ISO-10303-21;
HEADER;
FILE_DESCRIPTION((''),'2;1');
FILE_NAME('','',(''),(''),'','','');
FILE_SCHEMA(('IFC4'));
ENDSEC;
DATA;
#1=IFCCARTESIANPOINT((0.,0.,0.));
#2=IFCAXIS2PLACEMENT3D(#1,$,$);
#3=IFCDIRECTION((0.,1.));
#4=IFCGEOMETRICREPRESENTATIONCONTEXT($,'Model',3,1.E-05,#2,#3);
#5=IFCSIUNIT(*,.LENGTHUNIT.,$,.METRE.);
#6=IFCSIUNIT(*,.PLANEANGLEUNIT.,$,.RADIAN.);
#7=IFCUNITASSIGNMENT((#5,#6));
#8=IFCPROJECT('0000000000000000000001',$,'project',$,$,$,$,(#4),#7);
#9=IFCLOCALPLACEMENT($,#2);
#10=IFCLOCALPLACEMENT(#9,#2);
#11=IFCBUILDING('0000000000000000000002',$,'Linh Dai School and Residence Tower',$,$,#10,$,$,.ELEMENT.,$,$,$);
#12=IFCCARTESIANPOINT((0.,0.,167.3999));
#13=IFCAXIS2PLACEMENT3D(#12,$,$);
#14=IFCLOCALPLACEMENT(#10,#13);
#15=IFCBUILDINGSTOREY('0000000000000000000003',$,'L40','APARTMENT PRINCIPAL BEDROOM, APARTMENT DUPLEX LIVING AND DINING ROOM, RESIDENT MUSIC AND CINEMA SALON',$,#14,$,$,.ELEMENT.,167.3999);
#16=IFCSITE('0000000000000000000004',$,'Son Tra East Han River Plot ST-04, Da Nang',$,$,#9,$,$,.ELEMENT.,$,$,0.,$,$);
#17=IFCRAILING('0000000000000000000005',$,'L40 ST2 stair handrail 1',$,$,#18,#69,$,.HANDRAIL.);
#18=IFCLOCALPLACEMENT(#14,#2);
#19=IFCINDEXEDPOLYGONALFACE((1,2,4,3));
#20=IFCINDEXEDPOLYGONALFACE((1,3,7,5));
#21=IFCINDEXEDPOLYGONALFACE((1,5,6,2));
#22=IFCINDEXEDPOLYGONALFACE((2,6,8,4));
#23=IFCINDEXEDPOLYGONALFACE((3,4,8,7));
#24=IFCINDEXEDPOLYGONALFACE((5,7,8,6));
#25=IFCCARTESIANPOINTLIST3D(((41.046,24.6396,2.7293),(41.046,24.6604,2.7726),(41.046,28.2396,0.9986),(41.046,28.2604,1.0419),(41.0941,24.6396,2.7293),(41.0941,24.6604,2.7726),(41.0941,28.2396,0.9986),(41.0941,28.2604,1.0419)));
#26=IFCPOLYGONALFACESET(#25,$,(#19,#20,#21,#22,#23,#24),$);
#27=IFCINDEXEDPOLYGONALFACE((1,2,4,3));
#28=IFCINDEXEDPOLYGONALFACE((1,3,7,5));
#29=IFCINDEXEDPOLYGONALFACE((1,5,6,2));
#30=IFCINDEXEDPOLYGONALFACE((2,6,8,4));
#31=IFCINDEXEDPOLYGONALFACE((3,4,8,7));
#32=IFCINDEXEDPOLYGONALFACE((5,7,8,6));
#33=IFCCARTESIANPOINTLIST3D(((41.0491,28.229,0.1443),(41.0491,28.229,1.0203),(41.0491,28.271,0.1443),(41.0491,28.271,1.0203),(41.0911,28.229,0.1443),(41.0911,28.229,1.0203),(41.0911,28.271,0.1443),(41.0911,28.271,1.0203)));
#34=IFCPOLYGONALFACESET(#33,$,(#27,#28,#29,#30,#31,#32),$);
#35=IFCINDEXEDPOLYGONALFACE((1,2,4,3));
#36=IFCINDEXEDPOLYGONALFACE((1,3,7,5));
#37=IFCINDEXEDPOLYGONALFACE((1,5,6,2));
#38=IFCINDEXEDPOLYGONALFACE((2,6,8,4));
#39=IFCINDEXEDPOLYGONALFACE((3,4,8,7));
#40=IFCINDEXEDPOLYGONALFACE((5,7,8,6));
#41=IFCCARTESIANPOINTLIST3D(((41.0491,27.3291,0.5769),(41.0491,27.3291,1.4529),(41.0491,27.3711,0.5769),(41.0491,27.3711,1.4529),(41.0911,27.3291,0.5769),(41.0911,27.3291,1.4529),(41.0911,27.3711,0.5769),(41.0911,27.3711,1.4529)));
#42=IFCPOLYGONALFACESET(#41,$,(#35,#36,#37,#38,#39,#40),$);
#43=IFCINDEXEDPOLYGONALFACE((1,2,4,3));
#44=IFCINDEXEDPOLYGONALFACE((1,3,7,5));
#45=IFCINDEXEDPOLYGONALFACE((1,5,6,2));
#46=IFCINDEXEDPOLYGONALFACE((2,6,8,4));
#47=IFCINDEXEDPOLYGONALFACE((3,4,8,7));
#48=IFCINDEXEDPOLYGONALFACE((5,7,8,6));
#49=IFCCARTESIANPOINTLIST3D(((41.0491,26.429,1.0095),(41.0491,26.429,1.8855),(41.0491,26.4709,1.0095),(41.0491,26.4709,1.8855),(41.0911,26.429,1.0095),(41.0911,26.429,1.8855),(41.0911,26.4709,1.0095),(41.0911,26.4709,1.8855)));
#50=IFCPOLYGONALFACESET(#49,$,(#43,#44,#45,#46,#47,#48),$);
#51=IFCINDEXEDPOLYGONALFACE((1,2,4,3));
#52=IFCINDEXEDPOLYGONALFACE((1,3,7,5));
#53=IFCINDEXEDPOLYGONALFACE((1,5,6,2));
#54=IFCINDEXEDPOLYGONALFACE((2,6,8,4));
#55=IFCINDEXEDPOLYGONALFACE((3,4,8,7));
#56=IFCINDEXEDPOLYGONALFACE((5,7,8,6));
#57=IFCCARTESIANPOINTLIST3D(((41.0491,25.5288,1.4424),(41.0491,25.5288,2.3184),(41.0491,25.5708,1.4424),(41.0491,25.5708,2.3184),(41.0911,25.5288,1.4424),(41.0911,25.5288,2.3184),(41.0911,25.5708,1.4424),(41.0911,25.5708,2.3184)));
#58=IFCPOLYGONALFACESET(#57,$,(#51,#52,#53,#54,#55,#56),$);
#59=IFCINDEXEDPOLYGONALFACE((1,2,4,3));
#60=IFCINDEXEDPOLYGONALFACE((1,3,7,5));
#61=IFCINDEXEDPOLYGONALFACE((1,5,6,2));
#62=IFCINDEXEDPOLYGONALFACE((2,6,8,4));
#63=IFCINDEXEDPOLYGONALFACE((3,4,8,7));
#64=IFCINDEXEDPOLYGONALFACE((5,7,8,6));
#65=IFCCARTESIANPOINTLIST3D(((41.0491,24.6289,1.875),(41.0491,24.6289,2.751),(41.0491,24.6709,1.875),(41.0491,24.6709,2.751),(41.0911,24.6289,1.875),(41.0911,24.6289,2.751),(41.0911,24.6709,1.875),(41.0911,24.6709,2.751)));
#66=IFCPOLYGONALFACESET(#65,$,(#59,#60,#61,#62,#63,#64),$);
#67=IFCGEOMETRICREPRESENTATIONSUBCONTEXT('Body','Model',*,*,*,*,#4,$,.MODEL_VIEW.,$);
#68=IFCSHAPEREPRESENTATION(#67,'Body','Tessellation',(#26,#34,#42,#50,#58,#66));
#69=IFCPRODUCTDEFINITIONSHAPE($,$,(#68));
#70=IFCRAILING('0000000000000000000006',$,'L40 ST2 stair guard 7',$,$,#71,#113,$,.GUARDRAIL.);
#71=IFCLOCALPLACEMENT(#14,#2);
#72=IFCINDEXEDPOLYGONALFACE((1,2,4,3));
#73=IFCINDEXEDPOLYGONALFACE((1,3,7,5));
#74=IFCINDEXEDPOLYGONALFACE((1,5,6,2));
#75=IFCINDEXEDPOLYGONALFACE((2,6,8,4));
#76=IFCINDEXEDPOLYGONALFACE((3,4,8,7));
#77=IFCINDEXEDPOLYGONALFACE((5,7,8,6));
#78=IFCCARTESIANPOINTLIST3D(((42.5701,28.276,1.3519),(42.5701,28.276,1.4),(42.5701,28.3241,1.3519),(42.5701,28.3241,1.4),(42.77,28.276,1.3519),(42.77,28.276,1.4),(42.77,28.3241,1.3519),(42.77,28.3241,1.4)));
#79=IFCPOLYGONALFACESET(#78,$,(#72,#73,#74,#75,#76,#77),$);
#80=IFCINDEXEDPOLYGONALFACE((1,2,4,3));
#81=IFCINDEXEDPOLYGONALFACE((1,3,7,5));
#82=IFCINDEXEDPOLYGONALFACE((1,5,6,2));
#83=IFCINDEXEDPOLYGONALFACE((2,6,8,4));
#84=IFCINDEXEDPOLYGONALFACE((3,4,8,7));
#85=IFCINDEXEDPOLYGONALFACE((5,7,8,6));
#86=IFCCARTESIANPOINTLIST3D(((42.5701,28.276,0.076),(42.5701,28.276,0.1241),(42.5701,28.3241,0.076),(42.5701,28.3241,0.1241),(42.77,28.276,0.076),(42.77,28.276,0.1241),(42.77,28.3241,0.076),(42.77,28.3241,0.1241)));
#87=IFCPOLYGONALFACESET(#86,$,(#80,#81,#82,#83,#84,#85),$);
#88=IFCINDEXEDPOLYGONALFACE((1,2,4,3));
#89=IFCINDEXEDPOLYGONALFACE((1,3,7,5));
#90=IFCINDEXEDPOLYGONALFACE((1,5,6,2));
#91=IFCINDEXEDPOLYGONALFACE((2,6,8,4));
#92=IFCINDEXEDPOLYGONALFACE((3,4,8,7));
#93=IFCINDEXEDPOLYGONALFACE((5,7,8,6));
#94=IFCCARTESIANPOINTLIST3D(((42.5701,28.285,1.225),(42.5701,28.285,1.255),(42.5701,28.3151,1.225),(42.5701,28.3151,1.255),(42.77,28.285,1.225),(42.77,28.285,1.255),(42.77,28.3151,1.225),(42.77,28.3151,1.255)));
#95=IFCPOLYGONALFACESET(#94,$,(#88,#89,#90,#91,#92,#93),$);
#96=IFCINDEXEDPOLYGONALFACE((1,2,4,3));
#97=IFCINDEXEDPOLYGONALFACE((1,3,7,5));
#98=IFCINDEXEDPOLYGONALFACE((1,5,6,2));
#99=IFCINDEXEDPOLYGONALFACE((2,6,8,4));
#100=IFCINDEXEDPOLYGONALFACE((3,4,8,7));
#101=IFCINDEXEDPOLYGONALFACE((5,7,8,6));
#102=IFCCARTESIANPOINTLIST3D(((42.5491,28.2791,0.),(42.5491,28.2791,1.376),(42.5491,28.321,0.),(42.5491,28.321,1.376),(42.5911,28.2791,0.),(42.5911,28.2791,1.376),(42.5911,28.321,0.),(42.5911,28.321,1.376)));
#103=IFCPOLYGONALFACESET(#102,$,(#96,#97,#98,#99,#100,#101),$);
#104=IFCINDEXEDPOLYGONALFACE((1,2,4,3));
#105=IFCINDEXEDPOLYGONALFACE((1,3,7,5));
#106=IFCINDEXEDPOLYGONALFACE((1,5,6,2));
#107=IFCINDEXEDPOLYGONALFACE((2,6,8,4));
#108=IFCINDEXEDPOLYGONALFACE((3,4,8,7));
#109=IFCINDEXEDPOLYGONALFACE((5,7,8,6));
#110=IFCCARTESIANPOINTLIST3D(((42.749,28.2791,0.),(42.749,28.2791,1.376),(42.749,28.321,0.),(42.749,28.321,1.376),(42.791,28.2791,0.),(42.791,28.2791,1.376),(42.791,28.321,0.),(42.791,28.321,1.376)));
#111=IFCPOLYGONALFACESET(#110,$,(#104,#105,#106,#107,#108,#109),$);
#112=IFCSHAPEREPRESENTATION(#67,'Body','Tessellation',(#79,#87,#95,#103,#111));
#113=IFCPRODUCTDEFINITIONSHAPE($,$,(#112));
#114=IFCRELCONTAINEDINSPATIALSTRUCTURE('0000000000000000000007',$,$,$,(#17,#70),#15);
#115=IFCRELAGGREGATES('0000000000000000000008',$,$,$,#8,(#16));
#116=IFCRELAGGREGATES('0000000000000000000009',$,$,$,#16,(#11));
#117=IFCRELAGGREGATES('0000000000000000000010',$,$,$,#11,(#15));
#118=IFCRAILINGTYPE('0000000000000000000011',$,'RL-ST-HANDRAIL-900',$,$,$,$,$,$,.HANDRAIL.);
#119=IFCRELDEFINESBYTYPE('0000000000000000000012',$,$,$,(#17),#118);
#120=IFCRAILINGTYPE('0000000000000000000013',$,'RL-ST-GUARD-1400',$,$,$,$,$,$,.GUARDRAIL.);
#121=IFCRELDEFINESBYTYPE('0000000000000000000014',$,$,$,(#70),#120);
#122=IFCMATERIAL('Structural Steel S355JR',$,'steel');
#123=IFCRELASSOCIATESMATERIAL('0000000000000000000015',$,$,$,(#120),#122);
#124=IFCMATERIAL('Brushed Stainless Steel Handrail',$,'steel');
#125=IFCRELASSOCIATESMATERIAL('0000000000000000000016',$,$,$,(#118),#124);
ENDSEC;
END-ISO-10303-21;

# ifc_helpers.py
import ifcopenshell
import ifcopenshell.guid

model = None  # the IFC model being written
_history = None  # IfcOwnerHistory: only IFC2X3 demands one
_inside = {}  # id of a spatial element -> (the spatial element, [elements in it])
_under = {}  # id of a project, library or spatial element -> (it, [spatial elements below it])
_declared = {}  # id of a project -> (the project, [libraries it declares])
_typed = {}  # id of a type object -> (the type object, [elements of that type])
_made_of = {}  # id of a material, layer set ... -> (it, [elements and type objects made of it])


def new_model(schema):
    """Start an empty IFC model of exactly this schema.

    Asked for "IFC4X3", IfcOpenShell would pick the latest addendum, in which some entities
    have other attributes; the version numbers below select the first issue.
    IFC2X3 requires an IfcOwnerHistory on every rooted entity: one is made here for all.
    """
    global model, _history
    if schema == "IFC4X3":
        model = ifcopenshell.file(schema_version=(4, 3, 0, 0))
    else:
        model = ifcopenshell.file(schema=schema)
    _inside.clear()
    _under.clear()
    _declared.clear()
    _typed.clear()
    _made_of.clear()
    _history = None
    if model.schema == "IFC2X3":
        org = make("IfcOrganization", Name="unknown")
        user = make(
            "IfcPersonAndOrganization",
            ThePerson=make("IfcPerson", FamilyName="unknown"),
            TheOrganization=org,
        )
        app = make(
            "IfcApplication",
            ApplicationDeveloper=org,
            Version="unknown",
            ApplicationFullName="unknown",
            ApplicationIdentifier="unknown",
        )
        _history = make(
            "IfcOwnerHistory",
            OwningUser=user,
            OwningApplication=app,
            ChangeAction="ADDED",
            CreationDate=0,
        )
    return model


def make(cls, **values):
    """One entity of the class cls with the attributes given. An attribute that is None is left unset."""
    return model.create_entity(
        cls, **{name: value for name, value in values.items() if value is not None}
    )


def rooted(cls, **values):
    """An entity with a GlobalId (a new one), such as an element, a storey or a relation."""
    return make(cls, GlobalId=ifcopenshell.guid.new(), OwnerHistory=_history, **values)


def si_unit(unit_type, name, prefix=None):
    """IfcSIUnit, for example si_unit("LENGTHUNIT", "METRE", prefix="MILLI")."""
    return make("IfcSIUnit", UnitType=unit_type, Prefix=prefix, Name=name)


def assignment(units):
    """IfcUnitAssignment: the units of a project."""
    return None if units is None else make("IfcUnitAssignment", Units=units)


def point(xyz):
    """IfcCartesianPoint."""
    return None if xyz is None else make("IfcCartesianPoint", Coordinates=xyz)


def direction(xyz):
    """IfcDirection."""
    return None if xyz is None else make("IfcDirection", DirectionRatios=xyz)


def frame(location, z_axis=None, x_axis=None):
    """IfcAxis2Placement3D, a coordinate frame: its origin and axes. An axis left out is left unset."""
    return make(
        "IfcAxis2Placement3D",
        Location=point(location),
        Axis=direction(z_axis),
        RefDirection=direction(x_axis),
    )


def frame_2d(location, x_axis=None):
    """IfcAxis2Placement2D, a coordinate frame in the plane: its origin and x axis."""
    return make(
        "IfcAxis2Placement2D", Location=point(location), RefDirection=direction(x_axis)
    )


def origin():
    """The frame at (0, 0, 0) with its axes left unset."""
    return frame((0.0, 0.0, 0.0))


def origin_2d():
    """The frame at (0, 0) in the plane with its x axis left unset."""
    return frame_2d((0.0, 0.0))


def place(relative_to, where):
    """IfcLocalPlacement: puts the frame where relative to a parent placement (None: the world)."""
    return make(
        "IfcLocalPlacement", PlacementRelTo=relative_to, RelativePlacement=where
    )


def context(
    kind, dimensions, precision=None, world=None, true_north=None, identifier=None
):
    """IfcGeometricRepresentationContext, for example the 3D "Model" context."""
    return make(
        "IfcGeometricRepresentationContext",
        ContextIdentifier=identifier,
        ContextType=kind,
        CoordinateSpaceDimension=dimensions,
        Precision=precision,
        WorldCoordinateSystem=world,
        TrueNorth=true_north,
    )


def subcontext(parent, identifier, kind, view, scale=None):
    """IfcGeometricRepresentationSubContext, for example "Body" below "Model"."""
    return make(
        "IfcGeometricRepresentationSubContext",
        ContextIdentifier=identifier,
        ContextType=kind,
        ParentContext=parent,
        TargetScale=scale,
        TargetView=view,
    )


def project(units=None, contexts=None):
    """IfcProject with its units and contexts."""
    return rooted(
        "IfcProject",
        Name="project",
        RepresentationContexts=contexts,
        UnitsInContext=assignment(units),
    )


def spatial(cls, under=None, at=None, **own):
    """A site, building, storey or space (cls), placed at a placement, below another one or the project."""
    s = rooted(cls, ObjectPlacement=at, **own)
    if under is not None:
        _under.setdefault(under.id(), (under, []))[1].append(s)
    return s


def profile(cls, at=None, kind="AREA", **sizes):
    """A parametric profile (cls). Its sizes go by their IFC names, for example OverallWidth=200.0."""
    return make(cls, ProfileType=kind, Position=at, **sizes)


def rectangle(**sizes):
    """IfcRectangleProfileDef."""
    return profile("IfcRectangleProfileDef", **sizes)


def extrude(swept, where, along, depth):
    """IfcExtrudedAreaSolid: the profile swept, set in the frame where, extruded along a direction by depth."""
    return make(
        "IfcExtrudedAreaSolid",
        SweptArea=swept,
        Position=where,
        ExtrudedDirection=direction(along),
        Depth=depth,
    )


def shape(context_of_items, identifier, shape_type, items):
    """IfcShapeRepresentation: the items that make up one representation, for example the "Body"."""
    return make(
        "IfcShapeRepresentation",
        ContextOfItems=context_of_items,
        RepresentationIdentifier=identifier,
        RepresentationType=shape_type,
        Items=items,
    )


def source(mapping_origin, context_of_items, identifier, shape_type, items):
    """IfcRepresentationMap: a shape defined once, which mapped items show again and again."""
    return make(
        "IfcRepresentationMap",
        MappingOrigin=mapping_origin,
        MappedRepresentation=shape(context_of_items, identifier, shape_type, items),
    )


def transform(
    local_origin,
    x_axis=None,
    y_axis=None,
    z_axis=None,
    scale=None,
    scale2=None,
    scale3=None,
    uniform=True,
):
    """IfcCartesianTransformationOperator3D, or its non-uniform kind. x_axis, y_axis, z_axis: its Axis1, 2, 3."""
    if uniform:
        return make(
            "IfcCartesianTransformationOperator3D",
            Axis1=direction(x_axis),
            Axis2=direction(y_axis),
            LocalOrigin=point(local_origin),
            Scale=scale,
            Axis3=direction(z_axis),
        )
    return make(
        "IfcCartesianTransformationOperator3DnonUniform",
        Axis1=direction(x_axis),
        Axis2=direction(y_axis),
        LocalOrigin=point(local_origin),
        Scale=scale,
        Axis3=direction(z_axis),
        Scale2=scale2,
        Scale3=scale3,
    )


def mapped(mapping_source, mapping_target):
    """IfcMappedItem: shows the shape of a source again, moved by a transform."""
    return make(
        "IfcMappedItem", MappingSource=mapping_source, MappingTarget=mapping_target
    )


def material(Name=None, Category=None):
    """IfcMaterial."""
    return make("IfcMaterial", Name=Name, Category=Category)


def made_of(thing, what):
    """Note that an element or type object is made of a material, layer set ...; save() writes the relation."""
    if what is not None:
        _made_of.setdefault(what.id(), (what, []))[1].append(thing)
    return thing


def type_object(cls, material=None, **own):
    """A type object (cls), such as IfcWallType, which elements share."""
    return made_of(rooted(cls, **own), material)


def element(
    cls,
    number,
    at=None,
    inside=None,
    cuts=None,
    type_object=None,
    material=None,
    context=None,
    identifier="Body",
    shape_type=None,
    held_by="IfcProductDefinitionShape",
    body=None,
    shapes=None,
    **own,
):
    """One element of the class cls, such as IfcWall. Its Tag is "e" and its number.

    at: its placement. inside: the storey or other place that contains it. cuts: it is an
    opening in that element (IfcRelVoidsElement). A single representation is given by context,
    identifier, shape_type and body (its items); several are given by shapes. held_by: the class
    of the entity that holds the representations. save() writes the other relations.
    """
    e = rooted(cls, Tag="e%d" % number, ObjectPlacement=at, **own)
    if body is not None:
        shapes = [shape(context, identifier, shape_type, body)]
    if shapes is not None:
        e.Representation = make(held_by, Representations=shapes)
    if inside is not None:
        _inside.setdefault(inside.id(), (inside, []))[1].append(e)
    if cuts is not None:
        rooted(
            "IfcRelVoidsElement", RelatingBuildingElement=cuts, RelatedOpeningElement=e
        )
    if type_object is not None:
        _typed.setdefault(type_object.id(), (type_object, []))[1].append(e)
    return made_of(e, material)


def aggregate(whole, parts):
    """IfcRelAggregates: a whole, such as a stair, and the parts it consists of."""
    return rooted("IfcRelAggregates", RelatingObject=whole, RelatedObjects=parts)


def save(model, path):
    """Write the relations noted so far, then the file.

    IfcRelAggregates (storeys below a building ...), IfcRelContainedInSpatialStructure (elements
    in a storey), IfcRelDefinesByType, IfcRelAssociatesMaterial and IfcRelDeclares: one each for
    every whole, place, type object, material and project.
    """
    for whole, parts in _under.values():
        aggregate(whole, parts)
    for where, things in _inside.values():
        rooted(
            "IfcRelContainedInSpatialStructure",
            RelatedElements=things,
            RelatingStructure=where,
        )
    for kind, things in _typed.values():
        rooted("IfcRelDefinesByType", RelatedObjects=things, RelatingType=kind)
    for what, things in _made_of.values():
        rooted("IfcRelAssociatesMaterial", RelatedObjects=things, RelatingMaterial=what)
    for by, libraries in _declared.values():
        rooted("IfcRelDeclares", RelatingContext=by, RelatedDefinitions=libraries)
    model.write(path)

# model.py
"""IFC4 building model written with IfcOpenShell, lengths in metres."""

from ifc_helpers import new_model, si_unit, direction, frame, origin, origin_2d, place, context, subcontext, project, spatial, rectangle, extrude, source, transform, mapped, material, type_object, element, save


model = new_model("IFC4")

# Units and contexts
model_context = context("Model", 3, precision=1e-05, world=origin(), true_north=direction((0.0, 1.0)))
body_context = subcontext(model_context, "Body", "Model", "MODEL_VIEW")
ifc_project = project(units=[si_unit("LENGTHUNIT", "METRE"), si_unit("PLANEANGLEUNIT", "RADIAN")], contexts=[model_context])

# Site, building, storey
site_placement = place(None, origin())
site = spatial("IfcSite", under=ifc_project, at=site_placement, Name="Son Tra East Han River Plot ST-04, Da Nang", CompositionType="ELEMENT", RefElevation=0.0)
building_placement = place(site_placement, origin())
building = spatial("IfcBuilding", under=site, at=building_placement, Name="Linh Dai School and Residence Tower", CompositionType="ELEMENT")
storey_placement = place(building_placement, frame((0.0, 0.0, 167.3999)))
storey = spatial("IfcBuildingStorey", under=building, at=storey_placement, Name="L40", Description="APARTMENT PRINCIPAL BEDROOM, APARTMENT DUPLEX LIVING AND DINING ROOM, RESIDENT MUSIC AND CINEMA SALON", CompositionType="ELEMENT", Elevation=167.3999)

# Shared definitions
ifc_material_1 = material(Name="Structural Steel S355JR", Category="steel")

# Railings
railing_type_1 = type_object("IfcRailingType", Name="RL-ST-GUARD-1400", PredefinedType="GUARDRAIL", material=ifc_material_1)
ifc_material_2 = material(Name="Brushed Stainless Steel Handrail", Category="steel")
railing_type_2 = type_object("IfcRailingType", Name="RL-ST-HANDRAIL-900", PredefinedType="HANDRAIL", material=ifc_material_2)
shared_shape_1 = source(origin(), body_context, "Body", "SweptSolid", [
    extrude(rectangle(XDim=0.0481, YDim=0.0481, at=origin_2d()), frame((0.0, 0.0, 0.876), z_axis=(0.0, -0.901263, 0.433273), x_axis=(1.0, 0.0, 0.0)), (0.0, 0.0, 1.0), 3.9944),
    extrude(rectangle(XDim=0.042, YDim=0.042, at=origin_2d()), origin(), (0.0, 0.0, 1.0), 0.876),
    extrude(rectangle(XDim=0.042, YDim=0.042, at=origin_2d()), frame((0.0, -0.8999, 0.4326)), (0.0, 0.0, 1.0), 0.876),
    extrude(rectangle(XDim=0.042, YDim=0.042, at=origin_2d()), frame((0.0, -1.8, 0.8652)), (0.0, 0.0, 1.0), 0.876),
    extrude(rectangle(XDim=0.042, YDim=0.042, at=origin_2d()), frame((0.0, -2.7002, 1.2981)), (0.0, 0.0, 1.0), 0.876),
    extrude(rectangle(XDim=0.042, YDim=0.042, at=origin_2d()), frame((0.0, -3.6001, 1.7307)), (0.0, 0.0, 1.0), 0.876),
])
railing_1_placement = place(storey_placement, frame((41.0701, 28.25, 0.1443)))
element("IfcRailing", 1, at=railing_1_placement, inside=storey, type_object=railing_type_2, Name="L40 ST2 stair handrail 1", PredefinedType="HANDRAIL", context=body_context, shape_type="MappedRepresentation", body=[
    mapped(shared_shape_1, transform((0.0, 0.0, 0.0), x_axis=(1.0, 0.0, 0.0), y_axis=(0.0, 1.0, 0.0), z_axis=(0.0, 0.0, 1.0), scale=1.0)),
])
shared_shape_2 = source(origin(), body_context, "Body", "SweptSolid", [
    extrude(rectangle(XDim=0.0481, YDim=0.0481, at=origin_2d()), frame((0.0, 0.0, 1.376), z_axis=(1.0, 0.0, 0.0), x_axis=(0.0, 1.0, 0.0)), (0.0, 0.0, 1.0), 0.2),
    extrude(rectangle(XDim=0.0481, YDim=0.0481, at=origin_2d()), frame((0.0, 0.0, 0.1001), z_axis=(1.0, 0.0, 0.0), x_axis=(0.0, 1.0, 0.0)), (0.0, 0.0, 1.0), 0.2),
    extrude(rectangle(XDim=0.03, YDim=0.03, at=origin_2d()), frame((0.0, 0.0, 1.24), z_axis=(1.0, 0.0, 0.0), x_axis=(0.0, 1.0, 0.0)), (0.0, 0.0, 1.0), 0.2),
    extrude(rectangle(XDim=0.042, YDim=0.042, at=origin_2d()), origin(), (0.0, 0.0, 1.0), 1.376),
    extrude(rectangle(XDim=0.042, YDim=0.042, at=origin_2d()), frame((0.2, 0.0, 0.0)), (0.0, 0.0, 1.0), 1.376),
])
railing_2_placement = place(storey_placement, frame((42.5701, 28.3, 0.0)))
element("IfcRailing", 2, at=railing_2_placement, inside=storey, type_object=railing_type_1, Name="L40 ST2 stair guard 7", PredefinedType="GUARDRAIL", context=body_context, shape_type="MappedRepresentation", body=[
    mapped(shared_shape_2, transform((0.0, 0.0, 0.0), x_axis=(1.0, 0.0, 0.0), y_axis=(0.0, 1.0, 0.0), z_axis=(0.0, 0.0, 1.0), scale=1.0)),
])

save(model, "model.ifc")
